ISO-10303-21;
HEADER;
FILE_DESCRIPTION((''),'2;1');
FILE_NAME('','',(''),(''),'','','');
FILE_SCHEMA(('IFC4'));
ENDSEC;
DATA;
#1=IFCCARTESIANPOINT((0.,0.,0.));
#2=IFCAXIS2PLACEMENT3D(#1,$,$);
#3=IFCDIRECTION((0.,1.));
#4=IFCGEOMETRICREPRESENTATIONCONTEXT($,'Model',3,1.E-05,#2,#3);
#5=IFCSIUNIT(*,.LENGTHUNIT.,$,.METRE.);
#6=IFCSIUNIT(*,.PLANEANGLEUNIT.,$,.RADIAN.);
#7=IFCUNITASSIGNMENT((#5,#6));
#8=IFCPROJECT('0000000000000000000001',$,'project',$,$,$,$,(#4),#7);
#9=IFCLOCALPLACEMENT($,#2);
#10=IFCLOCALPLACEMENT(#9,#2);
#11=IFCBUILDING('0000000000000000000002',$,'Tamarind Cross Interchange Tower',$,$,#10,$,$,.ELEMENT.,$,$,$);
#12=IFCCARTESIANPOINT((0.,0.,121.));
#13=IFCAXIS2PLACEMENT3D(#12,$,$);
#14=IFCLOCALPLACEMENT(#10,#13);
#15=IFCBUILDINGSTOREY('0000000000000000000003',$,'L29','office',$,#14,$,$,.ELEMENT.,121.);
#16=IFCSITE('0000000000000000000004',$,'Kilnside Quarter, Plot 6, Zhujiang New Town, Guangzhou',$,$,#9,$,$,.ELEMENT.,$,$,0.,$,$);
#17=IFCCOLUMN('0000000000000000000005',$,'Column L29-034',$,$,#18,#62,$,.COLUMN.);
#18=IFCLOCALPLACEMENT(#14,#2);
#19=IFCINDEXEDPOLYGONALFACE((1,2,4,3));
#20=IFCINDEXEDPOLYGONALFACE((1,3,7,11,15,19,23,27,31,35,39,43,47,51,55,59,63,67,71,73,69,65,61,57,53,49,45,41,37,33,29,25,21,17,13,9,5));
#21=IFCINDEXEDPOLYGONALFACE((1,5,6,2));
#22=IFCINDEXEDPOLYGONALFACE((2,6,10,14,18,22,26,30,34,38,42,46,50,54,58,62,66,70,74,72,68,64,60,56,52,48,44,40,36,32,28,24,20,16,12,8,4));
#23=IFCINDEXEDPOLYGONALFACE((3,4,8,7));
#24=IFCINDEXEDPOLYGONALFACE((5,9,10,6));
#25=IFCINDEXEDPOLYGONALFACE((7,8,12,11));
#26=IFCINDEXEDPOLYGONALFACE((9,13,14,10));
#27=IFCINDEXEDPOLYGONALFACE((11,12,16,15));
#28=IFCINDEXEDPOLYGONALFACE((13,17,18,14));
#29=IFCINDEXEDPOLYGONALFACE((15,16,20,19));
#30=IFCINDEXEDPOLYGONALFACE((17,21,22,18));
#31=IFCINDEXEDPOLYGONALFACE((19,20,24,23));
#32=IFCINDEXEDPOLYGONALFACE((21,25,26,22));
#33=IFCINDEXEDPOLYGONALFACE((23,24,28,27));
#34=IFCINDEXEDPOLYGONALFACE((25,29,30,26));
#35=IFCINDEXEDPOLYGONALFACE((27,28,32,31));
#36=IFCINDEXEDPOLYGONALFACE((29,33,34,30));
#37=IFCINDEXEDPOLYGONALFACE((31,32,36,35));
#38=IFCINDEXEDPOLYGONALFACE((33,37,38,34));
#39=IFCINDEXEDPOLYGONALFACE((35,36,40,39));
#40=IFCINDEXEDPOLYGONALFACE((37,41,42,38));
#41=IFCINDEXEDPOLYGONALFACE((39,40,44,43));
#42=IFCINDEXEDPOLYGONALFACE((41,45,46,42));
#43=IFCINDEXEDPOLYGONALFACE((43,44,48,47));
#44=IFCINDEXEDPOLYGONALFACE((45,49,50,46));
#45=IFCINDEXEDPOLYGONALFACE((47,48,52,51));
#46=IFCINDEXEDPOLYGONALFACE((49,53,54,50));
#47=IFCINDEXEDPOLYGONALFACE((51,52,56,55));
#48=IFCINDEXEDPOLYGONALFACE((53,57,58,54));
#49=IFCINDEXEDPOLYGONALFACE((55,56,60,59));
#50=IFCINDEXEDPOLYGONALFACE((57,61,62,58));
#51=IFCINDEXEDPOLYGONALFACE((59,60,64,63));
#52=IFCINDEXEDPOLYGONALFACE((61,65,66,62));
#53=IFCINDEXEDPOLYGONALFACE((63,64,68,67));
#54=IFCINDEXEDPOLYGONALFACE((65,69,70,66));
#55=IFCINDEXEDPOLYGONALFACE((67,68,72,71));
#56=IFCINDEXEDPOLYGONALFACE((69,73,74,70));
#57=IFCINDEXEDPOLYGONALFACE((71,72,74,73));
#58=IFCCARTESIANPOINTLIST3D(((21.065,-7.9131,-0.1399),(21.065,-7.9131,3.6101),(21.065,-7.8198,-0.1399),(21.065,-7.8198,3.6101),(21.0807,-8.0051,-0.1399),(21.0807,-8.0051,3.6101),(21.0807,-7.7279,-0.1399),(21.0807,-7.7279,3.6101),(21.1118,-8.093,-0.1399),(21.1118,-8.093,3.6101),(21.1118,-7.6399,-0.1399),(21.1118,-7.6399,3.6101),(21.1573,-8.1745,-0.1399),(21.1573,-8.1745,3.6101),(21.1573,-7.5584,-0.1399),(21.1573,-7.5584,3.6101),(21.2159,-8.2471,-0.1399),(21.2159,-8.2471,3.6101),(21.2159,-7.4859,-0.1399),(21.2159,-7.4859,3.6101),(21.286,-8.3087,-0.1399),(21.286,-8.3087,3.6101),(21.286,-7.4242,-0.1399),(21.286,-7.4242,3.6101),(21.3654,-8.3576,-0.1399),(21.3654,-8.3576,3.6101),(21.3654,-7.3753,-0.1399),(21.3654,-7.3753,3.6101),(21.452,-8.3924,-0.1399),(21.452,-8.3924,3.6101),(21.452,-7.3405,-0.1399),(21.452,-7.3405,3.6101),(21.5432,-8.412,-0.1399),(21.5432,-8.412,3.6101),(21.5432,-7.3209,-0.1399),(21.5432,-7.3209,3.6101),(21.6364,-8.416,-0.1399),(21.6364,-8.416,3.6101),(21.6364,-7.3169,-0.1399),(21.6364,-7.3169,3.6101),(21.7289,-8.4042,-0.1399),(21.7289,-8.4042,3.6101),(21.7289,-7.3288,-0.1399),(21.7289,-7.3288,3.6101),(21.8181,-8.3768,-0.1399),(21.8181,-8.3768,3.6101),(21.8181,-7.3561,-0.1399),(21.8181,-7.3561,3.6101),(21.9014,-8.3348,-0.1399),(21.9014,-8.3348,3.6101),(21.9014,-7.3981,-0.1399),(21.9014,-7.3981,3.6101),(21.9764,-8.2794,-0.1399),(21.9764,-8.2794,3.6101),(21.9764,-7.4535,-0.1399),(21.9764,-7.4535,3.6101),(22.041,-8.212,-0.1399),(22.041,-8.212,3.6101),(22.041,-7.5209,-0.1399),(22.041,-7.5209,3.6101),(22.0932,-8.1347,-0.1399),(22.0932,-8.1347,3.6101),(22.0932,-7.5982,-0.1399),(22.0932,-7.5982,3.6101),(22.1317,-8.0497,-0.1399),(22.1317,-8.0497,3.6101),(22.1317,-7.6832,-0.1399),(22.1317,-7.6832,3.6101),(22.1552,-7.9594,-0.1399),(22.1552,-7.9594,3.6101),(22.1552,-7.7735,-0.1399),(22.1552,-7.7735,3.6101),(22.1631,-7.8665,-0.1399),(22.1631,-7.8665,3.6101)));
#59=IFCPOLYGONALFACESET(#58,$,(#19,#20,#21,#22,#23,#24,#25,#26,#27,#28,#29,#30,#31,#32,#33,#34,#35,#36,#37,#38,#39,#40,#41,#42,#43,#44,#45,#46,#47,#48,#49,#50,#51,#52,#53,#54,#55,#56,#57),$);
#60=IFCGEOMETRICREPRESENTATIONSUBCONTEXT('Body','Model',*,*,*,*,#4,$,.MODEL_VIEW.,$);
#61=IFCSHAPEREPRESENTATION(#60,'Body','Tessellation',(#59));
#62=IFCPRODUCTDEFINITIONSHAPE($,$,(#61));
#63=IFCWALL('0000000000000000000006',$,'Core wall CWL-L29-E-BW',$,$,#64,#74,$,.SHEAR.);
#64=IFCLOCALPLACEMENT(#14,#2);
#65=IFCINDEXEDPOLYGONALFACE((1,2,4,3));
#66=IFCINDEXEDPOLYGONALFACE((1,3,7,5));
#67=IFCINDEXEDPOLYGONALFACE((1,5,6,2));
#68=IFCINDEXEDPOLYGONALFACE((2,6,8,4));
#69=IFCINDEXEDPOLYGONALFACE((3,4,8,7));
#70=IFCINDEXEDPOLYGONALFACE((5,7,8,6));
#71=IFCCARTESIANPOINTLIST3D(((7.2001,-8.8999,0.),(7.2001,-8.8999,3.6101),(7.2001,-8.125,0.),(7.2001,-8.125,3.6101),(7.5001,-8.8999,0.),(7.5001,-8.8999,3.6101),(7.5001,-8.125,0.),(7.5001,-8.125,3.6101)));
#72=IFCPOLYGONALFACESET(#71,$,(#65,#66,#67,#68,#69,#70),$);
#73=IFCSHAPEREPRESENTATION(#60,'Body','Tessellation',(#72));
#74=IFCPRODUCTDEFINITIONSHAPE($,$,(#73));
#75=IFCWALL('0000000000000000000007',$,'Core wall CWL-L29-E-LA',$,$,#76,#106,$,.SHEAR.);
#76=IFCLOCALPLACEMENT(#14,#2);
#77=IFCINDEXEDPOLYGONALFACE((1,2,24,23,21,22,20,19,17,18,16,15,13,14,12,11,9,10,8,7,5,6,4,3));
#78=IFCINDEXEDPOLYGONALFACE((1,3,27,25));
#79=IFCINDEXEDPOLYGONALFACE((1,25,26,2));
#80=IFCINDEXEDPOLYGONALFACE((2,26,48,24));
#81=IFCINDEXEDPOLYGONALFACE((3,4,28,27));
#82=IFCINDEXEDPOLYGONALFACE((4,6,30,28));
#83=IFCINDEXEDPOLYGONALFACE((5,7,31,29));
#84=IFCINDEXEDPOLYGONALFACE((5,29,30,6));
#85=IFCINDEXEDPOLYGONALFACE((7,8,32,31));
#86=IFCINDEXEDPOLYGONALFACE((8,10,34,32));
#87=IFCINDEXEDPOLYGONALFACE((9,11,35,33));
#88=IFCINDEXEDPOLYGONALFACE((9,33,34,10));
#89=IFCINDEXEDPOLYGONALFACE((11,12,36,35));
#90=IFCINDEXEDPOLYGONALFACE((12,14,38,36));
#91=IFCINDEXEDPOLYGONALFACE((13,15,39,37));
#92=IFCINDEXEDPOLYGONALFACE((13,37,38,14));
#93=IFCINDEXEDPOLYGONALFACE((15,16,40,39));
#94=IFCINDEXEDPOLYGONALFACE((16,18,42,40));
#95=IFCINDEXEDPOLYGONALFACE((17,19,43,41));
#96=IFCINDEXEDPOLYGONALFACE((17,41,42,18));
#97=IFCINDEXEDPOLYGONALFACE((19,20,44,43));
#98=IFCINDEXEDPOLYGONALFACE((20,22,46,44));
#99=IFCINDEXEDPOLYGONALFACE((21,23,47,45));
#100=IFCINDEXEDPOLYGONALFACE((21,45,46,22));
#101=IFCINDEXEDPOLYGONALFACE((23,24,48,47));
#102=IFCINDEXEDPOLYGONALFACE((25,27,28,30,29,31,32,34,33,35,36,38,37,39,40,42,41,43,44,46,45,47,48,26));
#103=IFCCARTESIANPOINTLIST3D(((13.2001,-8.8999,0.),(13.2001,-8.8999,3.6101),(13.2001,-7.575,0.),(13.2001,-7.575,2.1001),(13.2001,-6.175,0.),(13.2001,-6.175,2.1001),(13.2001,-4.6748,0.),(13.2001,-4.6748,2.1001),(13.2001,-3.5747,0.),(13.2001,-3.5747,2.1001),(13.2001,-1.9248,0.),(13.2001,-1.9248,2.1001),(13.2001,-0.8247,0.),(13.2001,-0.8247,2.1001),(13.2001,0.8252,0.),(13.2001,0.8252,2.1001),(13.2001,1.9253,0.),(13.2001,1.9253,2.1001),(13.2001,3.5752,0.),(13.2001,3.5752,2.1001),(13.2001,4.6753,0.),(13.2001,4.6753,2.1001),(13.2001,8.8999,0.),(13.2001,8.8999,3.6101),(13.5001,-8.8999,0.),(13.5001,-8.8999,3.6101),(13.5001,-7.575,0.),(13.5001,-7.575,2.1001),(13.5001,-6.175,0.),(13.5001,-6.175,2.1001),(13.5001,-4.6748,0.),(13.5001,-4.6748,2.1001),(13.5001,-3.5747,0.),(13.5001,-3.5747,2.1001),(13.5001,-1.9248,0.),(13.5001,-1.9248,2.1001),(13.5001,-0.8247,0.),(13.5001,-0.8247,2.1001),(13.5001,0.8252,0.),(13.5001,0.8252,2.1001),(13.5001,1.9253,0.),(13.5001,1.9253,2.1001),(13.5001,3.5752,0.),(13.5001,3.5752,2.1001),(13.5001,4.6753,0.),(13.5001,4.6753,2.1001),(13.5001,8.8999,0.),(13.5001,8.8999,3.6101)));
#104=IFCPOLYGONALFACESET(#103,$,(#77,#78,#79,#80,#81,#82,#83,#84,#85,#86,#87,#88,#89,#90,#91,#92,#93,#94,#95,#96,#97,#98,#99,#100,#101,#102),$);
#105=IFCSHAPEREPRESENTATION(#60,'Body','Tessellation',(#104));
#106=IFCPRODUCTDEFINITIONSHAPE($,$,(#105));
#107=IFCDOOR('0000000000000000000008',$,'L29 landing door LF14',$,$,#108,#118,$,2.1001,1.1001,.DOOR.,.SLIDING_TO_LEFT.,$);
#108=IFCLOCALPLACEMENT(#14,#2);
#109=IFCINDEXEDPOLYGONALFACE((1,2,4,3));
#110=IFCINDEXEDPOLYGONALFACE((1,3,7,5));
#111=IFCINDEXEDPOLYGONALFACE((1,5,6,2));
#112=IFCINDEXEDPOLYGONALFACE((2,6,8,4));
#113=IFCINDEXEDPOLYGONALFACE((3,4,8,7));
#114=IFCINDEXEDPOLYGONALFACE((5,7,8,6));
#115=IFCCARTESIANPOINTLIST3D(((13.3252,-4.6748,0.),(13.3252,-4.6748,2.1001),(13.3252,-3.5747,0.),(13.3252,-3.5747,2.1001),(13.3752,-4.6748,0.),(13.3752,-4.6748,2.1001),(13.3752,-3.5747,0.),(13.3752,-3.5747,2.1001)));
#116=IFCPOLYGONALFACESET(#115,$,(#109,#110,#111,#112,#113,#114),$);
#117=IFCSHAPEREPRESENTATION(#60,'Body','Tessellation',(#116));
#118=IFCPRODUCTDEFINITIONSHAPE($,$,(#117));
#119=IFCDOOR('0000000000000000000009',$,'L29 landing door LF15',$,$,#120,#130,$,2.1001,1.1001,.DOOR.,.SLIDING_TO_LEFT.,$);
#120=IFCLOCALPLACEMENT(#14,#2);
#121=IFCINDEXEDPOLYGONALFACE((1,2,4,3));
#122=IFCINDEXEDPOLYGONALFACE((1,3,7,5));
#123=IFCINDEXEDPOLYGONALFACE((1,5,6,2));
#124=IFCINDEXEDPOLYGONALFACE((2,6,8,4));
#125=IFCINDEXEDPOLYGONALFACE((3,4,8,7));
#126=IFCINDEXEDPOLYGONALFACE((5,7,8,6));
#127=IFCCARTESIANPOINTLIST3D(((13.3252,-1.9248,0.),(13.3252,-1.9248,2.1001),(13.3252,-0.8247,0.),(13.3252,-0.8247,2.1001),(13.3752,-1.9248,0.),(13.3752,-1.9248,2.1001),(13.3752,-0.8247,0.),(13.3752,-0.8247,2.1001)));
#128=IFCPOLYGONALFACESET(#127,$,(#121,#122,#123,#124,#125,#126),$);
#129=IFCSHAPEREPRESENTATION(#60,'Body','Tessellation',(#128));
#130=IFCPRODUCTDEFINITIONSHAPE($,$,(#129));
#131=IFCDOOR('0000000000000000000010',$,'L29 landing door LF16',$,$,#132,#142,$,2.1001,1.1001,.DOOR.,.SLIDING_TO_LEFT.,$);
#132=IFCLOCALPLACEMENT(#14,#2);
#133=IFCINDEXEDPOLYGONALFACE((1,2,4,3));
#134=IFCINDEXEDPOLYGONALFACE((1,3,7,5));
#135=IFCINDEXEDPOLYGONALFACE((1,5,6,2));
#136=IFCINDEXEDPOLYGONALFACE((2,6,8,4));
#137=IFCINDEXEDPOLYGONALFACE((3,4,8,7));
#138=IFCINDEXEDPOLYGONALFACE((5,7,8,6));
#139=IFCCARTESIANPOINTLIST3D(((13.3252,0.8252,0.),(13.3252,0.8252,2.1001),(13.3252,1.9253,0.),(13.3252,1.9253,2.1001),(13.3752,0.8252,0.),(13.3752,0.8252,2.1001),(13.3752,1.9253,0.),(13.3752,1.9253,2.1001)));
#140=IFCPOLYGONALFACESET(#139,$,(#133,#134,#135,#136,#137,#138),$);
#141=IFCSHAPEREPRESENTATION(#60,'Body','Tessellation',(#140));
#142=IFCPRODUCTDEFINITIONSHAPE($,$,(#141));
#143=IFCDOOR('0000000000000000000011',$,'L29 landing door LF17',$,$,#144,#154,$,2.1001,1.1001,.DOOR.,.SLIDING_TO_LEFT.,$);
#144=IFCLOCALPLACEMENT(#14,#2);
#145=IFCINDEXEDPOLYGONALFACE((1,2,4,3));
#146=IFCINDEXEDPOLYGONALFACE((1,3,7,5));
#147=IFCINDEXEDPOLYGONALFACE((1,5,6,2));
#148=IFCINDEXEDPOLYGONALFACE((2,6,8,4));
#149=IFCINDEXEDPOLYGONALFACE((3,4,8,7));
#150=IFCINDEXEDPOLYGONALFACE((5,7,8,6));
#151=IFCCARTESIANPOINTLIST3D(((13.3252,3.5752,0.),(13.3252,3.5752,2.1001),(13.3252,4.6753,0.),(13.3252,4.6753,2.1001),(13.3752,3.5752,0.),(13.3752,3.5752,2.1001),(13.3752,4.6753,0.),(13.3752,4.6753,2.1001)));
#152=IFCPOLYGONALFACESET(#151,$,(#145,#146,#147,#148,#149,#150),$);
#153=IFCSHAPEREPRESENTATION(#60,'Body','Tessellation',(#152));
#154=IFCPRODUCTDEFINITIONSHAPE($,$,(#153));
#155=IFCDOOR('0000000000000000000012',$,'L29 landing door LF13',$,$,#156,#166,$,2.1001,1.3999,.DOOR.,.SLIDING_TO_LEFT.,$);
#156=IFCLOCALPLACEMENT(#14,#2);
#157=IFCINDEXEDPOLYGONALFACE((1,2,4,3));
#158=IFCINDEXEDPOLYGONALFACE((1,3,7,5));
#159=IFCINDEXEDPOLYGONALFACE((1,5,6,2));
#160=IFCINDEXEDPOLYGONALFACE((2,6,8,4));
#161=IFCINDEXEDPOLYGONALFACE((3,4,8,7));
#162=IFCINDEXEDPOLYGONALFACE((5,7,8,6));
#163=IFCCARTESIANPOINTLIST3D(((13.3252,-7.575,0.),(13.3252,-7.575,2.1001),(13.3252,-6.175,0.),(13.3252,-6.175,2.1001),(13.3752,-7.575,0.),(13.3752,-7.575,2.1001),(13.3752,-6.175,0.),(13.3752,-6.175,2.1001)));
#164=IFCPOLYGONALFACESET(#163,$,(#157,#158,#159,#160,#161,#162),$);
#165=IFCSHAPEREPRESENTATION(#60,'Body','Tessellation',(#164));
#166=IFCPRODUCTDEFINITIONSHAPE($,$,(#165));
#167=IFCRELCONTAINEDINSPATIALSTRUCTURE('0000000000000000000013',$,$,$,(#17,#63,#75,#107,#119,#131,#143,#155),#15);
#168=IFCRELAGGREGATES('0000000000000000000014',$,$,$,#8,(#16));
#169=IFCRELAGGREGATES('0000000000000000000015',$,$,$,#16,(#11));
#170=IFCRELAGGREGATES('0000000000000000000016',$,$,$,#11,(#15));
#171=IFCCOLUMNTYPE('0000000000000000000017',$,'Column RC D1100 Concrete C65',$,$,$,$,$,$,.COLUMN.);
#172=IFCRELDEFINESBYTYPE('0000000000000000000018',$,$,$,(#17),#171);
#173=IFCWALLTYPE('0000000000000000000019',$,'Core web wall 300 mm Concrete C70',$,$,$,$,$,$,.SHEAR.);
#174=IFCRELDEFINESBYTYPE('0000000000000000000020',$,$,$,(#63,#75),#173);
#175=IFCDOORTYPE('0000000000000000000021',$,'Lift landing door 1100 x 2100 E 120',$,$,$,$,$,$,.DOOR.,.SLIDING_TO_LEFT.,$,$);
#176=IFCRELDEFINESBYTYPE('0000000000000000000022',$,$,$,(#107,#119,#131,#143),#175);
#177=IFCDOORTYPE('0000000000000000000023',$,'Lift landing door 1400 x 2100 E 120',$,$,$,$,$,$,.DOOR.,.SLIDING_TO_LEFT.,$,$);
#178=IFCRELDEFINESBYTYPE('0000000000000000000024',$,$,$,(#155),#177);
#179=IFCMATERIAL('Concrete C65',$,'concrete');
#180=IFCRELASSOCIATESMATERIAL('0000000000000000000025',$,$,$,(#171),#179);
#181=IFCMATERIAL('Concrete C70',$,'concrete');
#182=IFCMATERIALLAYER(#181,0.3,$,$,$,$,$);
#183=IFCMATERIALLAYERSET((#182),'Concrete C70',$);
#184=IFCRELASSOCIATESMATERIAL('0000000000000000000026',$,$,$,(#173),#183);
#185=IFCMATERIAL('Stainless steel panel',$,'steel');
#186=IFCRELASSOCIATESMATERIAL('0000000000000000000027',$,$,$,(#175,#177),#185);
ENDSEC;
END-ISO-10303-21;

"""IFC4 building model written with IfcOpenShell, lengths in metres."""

from ifc_helpers import new_model, si_unit, direction, frame, frame_2d, origin, origin_2d, place, context, subcontext, project, spatial, rectangle, circle, extrude, material, layer, layer_set, material_profile, profile_set, type_object, element, fill, save


model = new_model("IFC4")

# Units and contexts
model_context = context("Model", 3, precision=1e-05, world=origin(), true_north=direction((0.0, 1.0)))
body_context = subcontext(model_context, "Body", "Model", "MODEL_VIEW")
ifc_project = project(units=[si_unit("LENGTHUNIT", "METRE"), si_unit("PLANEANGLEUNIT", "RADIAN")], contexts=[model_context])

# Site, building, storey
site_placement = place(None, origin())
site = spatial("IfcSite", under=ifc_project, at=site_placement, Name="Kilnside Quarter, Plot 6, Zhujiang New Town, Guangzhou", CompositionType="ELEMENT", RefElevation=0.0)
building_placement = place(site_placement, origin())
building = spatial("IfcBuilding", under=site, at=building_placement, Name="Tamarind Cross Interchange Tower", CompositionType="ELEMENT")
storey_placement = place(building_placement, frame((0.0, 0.0, 121.0)))
storey = spatial("IfcBuildingStorey", under=building, at=storey_placement, Name="L29", Description="office", CompositionType="ELEMENT", Elevation=121.0)

# Column
ifc_material_1 = material(Name="Concrete C65", Category="concrete")
ifc_material_profile = material_profile(ifc_material_1, circle(Radius=0.55, at=origin_2d()), Name="RC D1100")
ifc_profile_set = profile_set([ifc_material_profile], Name="Concrete C65")
column_type = type_object("IfcColumnType", Name="Column RC D1100 Concrete C65", PredefinedType="COLUMN", material=ifc_profile_set)
column_placement = place(storey_placement, frame((21.613, -7.8665, -0.1399), z_axis=(0.0, 0.0, 1.0), x_axis=(1.0, 0.0, 0.0)))
element("IfcColumn", 1, at=column_placement, inside=storey, type_object=column_type, Name="Column L29-034", PredefinedType="COLUMN", context=body_context, shape_type="SweptSolid", body=[
    extrude(circle(Radius=0.55, at=origin_2d()), origin(), (0.0, 0.0, 1.0), 3.75),
])

# Wall
ifc_material_2 = material(Name="Concrete C70", Category="concrete")
ifc_layer_1 = layer(ifc_material_2, 0.3)
ifc_layer_set_1 = layer_set([ifc_layer_1], Name="Concrete C70")
wall_type_1 = type_object("IfcWallType", Name="Core web wall 300 mm Concrete C70", PredefinedType="SHEAR", material=ifc_layer_set_1)
wall_1_placement = place(storey_placement, frame((7.3501, -8.8999, 0.0), z_axis=(0.0, 0.0, 1.0), x_axis=(0.0, 1.0, 0.0)))
element("IfcWall", 2, at=wall_1_placement, inside=storey, type_object=wall_type_1, Name="Core wall CWL-L29-E-BW", PredefinedType="SHEAR", context=body_context, shape_type="SweptSolid", body=[
    extrude(rectangle(XDim=0.7749, YDim=0.3, at=frame_2d((0.3875, 0.0))), origin(), (0.0, 0.0, 1.0), 3.6101),
])

# Wall, openings, doors
wall_2_placement = place(storey_placement, frame((13.3501, -8.8999, 0.0), z_axis=(0.0, 0.0, 1.0), x_axis=(0.0, 1.0, 0.0)))
wall_2 = element("IfcWall", 3, at=wall_2_placement, inside=storey, type_object=wall_type_1, Name="Core wall CWL-L29-E-LA", PredefinedType="SHEAR", context=body_context, shape_type="SweptSolid", body=[
    extrude(rectangle(XDim=17.7998, YDim=0.3, at=frame_2d((8.8999, 0.0))), origin(), (0.0, 0.0, 1.0), 3.6101),
])
opening_1_placement = place(wall_2_placement, frame((1.325, 0.0, 0.0)))
opening_1 = element("IfcOpeningElement", 4, at=opening_1_placement, cuts=wall_2, PredefinedType="OPENING", context=body_context, shape_type="SweptSolid", body=[
    extrude(rectangle(XDim=1.3999, YDim=2.1001, at=frame_2d((0.7, 1.05))), frame((0.0, 0.1599, 0.0), z_axis=(0.0, -1.0, 0.0), x_axis=(1.0, 0.0, 0.0)), (0.0, 0.0, 1.0), 0.3201),
])
opening_2_placement = place(wall_2_placement, frame((4.2251, 0.0, 0.0)))
opening_2 = element("IfcOpeningElement", 5, at=opening_2_placement, cuts=wall_2, PredefinedType="OPENING", context=body_context, shape_type="SweptSolid", body=[
    extrude(rectangle(XDim=1.1001, YDim=2.1001, at=frame_2d((0.55, 1.05))), frame((0.0, 0.1599, 0.0), z_axis=(0.0, -1.0, 0.0), x_axis=(1.0, 0.0, 0.0)), (0.0, 0.0, 1.0), 0.3201),
])
opening_3_placement = place(wall_2_placement, frame((6.9751, 0.0, 0.0)))
opening_3 = element("IfcOpeningElement", 6, at=opening_3_placement, cuts=wall_2, PredefinedType="OPENING", context=body_context, shape_type="SweptSolid", body=[
    extrude(rectangle(XDim=1.1001, YDim=2.1001, at=frame_2d((0.55, 1.05))), frame((0.0, 0.1599, 0.0), z_axis=(0.0, -1.0, 0.0), x_axis=(1.0, 0.0, 0.0)), (0.0, 0.0, 1.0), 0.3201),
])
opening_4_placement = place(wall_2_placement, frame((9.7251, 0.0, 0.0)))
opening_4 = element("IfcOpeningElement", 7, at=opening_4_placement, cuts=wall_2, PredefinedType="OPENING", context=body_context, shape_type="SweptSolid", body=[
    extrude(rectangle(XDim=1.1001, YDim=2.1001, at=frame_2d((0.55, 1.05))), frame((0.0, 0.1599, 0.0), z_axis=(0.0, -1.0, 0.0), x_axis=(1.0, 0.0, 0.0)), (0.0, 0.0, 1.0), 0.3201),
])
opening_5_placement = place(wall_2_placement, frame((12.4751, 0.0, 0.0)))
opening_5 = element("IfcOpeningElement", 8, at=opening_5_placement, cuts=wall_2, PredefinedType="OPENING", context=body_context, shape_type="SweptSolid", body=[
    extrude(rectangle(XDim=1.1001, YDim=2.1001, at=frame_2d((0.55, 1.05))), frame((0.0, 0.1599, 0.0), z_axis=(0.0, -1.0, 0.0), x_axis=(1.0, 0.0, 0.0)), (0.0, 0.0, 1.0), 0.3201),
])
ifc_material_3 = material(Name="Stainless steel panel", Category="steel")
door_type_1 = type_object("IfcDoorType", Name="Lift landing door 1100 x 2100 E 120", OperationType="SLIDING_TO_LEFT", PredefinedType="DOOR", material=ifc_material_3)
door_1_placement = place(opening_2_placement, origin())
door_1 = element("IfcDoor", 9, at=door_1_placement, inside=storey, type_object=door_type_1, Name="L29 landing door LF14", OperationType="SLIDING_TO_LEFT", OverallHeight=2.1001, OverallWidth=1.1001, PredefinedType="DOOR", context=body_context, shape_type="SweptSolid", body=[
    extrude(rectangle(XDim=1.1001, YDim=2.1001, at=frame_2d((0.55, 1.05))), frame((0.0, 0.0249, 0.0), z_axis=(0.0, -1.0, 0.0), x_axis=(1.0, 0.0, 0.0)), (0.0, 0.0, 1.0), 0.05),
])
fill(opening_2, door_1)
door_2_placement = place(opening_3_placement, origin())
door_2 = element("IfcDoor", 10, at=door_2_placement, inside=storey, type_object=door_type_1, Name="L29 landing door LF15", OperationType="SLIDING_TO_LEFT", OverallHeight=2.1001, OverallWidth=1.1001, PredefinedType="DOOR", context=body_context, shape_type="SweptSolid", body=[
    extrude(rectangle(XDim=1.1001, YDim=2.1001, at=frame_2d((0.55, 1.05))), frame((0.0, 0.0249, 0.0), z_axis=(0.0, -1.0, 0.0), x_axis=(1.0, 0.0, 0.0)), (0.0, 0.0, 1.0), 0.05),
])
fill(opening_3, door_2)
door_3_placement = place(opening_4_placement, origin())
door_3 = element("IfcDoor", 11, at=door_3_placement, inside=storey, type_object=door_type_1, Name="L29 landing door LF16", OperationType="SLIDING_TO_LEFT", OverallHeight=2.1001, OverallWidth=1.1001, PredefinedType="DOOR", context=body_context, shape_type="SweptSolid", body=[
    extrude(rectangle(XDim=1.1001, YDim=2.1001, at=frame_2d((0.55, 1.05))), frame((0.0, 0.0249, 0.0), z_axis=(0.0, -1.0, 0.0), x_axis=(1.0, 0.0, 0.0)), (0.0, 0.0, 1.0), 0.05),
])
fill(opening_4, door_3)
door_4_placement = place(opening_5_placement, origin())
door_4 = element("IfcDoor", 12, at=door_4_placement, inside=storey, type_object=door_type_1, Name="L29 landing door LF17", OperationType="SLIDING_TO_LEFT", OverallHeight=2.1001, OverallWidth=1.1001, PredefinedType="DOOR", context=body_context, shape_type="SweptSolid", body=[
    extrude(rectangle(XDim=1.1001, YDim=2.1001, at=frame_2d((0.55, 1.05))), frame((0.0, 0.0249, 0.0), z_axis=(0.0, -1.0, 0.0), x_axis=(1.0, 0.0, 0.0)), (0.0, 0.0, 1.0), 0.05),
])
fill(opening_5, door_4)
door_type_2 = type_object("IfcDoorType", Name="Lift landing door 1400 x 2100 E 120", OperationType="SLIDING_TO_LEFT", PredefinedType="DOOR", material=ifc_material_3)
door_5_placement = place(opening_1_placement, origin())
door_5 = element("IfcDoor", 13, at=door_5_placement, inside=storey, type_object=door_type_2, Name="L29 landing door LF13", OperationType="SLIDING_TO_LEFT", OverallHeight=2.1001, OverallWidth=1.3999, PredefinedType="DOOR", context=body_context, shape_type="SweptSolid", body=[
    extrude(rectangle(XDim=1.3999, YDim=2.1001, at=frame_2d((0.7, 1.05))), frame((0.0, 0.0249, 0.0), z_axis=(0.0, -1.0, 0.0), x_axis=(1.0, 0.0, 0.0)), (0.0, 0.0, 1.0), 0.05),
])
fill(opening_1, door_5)

save(model, "model.ifc")
